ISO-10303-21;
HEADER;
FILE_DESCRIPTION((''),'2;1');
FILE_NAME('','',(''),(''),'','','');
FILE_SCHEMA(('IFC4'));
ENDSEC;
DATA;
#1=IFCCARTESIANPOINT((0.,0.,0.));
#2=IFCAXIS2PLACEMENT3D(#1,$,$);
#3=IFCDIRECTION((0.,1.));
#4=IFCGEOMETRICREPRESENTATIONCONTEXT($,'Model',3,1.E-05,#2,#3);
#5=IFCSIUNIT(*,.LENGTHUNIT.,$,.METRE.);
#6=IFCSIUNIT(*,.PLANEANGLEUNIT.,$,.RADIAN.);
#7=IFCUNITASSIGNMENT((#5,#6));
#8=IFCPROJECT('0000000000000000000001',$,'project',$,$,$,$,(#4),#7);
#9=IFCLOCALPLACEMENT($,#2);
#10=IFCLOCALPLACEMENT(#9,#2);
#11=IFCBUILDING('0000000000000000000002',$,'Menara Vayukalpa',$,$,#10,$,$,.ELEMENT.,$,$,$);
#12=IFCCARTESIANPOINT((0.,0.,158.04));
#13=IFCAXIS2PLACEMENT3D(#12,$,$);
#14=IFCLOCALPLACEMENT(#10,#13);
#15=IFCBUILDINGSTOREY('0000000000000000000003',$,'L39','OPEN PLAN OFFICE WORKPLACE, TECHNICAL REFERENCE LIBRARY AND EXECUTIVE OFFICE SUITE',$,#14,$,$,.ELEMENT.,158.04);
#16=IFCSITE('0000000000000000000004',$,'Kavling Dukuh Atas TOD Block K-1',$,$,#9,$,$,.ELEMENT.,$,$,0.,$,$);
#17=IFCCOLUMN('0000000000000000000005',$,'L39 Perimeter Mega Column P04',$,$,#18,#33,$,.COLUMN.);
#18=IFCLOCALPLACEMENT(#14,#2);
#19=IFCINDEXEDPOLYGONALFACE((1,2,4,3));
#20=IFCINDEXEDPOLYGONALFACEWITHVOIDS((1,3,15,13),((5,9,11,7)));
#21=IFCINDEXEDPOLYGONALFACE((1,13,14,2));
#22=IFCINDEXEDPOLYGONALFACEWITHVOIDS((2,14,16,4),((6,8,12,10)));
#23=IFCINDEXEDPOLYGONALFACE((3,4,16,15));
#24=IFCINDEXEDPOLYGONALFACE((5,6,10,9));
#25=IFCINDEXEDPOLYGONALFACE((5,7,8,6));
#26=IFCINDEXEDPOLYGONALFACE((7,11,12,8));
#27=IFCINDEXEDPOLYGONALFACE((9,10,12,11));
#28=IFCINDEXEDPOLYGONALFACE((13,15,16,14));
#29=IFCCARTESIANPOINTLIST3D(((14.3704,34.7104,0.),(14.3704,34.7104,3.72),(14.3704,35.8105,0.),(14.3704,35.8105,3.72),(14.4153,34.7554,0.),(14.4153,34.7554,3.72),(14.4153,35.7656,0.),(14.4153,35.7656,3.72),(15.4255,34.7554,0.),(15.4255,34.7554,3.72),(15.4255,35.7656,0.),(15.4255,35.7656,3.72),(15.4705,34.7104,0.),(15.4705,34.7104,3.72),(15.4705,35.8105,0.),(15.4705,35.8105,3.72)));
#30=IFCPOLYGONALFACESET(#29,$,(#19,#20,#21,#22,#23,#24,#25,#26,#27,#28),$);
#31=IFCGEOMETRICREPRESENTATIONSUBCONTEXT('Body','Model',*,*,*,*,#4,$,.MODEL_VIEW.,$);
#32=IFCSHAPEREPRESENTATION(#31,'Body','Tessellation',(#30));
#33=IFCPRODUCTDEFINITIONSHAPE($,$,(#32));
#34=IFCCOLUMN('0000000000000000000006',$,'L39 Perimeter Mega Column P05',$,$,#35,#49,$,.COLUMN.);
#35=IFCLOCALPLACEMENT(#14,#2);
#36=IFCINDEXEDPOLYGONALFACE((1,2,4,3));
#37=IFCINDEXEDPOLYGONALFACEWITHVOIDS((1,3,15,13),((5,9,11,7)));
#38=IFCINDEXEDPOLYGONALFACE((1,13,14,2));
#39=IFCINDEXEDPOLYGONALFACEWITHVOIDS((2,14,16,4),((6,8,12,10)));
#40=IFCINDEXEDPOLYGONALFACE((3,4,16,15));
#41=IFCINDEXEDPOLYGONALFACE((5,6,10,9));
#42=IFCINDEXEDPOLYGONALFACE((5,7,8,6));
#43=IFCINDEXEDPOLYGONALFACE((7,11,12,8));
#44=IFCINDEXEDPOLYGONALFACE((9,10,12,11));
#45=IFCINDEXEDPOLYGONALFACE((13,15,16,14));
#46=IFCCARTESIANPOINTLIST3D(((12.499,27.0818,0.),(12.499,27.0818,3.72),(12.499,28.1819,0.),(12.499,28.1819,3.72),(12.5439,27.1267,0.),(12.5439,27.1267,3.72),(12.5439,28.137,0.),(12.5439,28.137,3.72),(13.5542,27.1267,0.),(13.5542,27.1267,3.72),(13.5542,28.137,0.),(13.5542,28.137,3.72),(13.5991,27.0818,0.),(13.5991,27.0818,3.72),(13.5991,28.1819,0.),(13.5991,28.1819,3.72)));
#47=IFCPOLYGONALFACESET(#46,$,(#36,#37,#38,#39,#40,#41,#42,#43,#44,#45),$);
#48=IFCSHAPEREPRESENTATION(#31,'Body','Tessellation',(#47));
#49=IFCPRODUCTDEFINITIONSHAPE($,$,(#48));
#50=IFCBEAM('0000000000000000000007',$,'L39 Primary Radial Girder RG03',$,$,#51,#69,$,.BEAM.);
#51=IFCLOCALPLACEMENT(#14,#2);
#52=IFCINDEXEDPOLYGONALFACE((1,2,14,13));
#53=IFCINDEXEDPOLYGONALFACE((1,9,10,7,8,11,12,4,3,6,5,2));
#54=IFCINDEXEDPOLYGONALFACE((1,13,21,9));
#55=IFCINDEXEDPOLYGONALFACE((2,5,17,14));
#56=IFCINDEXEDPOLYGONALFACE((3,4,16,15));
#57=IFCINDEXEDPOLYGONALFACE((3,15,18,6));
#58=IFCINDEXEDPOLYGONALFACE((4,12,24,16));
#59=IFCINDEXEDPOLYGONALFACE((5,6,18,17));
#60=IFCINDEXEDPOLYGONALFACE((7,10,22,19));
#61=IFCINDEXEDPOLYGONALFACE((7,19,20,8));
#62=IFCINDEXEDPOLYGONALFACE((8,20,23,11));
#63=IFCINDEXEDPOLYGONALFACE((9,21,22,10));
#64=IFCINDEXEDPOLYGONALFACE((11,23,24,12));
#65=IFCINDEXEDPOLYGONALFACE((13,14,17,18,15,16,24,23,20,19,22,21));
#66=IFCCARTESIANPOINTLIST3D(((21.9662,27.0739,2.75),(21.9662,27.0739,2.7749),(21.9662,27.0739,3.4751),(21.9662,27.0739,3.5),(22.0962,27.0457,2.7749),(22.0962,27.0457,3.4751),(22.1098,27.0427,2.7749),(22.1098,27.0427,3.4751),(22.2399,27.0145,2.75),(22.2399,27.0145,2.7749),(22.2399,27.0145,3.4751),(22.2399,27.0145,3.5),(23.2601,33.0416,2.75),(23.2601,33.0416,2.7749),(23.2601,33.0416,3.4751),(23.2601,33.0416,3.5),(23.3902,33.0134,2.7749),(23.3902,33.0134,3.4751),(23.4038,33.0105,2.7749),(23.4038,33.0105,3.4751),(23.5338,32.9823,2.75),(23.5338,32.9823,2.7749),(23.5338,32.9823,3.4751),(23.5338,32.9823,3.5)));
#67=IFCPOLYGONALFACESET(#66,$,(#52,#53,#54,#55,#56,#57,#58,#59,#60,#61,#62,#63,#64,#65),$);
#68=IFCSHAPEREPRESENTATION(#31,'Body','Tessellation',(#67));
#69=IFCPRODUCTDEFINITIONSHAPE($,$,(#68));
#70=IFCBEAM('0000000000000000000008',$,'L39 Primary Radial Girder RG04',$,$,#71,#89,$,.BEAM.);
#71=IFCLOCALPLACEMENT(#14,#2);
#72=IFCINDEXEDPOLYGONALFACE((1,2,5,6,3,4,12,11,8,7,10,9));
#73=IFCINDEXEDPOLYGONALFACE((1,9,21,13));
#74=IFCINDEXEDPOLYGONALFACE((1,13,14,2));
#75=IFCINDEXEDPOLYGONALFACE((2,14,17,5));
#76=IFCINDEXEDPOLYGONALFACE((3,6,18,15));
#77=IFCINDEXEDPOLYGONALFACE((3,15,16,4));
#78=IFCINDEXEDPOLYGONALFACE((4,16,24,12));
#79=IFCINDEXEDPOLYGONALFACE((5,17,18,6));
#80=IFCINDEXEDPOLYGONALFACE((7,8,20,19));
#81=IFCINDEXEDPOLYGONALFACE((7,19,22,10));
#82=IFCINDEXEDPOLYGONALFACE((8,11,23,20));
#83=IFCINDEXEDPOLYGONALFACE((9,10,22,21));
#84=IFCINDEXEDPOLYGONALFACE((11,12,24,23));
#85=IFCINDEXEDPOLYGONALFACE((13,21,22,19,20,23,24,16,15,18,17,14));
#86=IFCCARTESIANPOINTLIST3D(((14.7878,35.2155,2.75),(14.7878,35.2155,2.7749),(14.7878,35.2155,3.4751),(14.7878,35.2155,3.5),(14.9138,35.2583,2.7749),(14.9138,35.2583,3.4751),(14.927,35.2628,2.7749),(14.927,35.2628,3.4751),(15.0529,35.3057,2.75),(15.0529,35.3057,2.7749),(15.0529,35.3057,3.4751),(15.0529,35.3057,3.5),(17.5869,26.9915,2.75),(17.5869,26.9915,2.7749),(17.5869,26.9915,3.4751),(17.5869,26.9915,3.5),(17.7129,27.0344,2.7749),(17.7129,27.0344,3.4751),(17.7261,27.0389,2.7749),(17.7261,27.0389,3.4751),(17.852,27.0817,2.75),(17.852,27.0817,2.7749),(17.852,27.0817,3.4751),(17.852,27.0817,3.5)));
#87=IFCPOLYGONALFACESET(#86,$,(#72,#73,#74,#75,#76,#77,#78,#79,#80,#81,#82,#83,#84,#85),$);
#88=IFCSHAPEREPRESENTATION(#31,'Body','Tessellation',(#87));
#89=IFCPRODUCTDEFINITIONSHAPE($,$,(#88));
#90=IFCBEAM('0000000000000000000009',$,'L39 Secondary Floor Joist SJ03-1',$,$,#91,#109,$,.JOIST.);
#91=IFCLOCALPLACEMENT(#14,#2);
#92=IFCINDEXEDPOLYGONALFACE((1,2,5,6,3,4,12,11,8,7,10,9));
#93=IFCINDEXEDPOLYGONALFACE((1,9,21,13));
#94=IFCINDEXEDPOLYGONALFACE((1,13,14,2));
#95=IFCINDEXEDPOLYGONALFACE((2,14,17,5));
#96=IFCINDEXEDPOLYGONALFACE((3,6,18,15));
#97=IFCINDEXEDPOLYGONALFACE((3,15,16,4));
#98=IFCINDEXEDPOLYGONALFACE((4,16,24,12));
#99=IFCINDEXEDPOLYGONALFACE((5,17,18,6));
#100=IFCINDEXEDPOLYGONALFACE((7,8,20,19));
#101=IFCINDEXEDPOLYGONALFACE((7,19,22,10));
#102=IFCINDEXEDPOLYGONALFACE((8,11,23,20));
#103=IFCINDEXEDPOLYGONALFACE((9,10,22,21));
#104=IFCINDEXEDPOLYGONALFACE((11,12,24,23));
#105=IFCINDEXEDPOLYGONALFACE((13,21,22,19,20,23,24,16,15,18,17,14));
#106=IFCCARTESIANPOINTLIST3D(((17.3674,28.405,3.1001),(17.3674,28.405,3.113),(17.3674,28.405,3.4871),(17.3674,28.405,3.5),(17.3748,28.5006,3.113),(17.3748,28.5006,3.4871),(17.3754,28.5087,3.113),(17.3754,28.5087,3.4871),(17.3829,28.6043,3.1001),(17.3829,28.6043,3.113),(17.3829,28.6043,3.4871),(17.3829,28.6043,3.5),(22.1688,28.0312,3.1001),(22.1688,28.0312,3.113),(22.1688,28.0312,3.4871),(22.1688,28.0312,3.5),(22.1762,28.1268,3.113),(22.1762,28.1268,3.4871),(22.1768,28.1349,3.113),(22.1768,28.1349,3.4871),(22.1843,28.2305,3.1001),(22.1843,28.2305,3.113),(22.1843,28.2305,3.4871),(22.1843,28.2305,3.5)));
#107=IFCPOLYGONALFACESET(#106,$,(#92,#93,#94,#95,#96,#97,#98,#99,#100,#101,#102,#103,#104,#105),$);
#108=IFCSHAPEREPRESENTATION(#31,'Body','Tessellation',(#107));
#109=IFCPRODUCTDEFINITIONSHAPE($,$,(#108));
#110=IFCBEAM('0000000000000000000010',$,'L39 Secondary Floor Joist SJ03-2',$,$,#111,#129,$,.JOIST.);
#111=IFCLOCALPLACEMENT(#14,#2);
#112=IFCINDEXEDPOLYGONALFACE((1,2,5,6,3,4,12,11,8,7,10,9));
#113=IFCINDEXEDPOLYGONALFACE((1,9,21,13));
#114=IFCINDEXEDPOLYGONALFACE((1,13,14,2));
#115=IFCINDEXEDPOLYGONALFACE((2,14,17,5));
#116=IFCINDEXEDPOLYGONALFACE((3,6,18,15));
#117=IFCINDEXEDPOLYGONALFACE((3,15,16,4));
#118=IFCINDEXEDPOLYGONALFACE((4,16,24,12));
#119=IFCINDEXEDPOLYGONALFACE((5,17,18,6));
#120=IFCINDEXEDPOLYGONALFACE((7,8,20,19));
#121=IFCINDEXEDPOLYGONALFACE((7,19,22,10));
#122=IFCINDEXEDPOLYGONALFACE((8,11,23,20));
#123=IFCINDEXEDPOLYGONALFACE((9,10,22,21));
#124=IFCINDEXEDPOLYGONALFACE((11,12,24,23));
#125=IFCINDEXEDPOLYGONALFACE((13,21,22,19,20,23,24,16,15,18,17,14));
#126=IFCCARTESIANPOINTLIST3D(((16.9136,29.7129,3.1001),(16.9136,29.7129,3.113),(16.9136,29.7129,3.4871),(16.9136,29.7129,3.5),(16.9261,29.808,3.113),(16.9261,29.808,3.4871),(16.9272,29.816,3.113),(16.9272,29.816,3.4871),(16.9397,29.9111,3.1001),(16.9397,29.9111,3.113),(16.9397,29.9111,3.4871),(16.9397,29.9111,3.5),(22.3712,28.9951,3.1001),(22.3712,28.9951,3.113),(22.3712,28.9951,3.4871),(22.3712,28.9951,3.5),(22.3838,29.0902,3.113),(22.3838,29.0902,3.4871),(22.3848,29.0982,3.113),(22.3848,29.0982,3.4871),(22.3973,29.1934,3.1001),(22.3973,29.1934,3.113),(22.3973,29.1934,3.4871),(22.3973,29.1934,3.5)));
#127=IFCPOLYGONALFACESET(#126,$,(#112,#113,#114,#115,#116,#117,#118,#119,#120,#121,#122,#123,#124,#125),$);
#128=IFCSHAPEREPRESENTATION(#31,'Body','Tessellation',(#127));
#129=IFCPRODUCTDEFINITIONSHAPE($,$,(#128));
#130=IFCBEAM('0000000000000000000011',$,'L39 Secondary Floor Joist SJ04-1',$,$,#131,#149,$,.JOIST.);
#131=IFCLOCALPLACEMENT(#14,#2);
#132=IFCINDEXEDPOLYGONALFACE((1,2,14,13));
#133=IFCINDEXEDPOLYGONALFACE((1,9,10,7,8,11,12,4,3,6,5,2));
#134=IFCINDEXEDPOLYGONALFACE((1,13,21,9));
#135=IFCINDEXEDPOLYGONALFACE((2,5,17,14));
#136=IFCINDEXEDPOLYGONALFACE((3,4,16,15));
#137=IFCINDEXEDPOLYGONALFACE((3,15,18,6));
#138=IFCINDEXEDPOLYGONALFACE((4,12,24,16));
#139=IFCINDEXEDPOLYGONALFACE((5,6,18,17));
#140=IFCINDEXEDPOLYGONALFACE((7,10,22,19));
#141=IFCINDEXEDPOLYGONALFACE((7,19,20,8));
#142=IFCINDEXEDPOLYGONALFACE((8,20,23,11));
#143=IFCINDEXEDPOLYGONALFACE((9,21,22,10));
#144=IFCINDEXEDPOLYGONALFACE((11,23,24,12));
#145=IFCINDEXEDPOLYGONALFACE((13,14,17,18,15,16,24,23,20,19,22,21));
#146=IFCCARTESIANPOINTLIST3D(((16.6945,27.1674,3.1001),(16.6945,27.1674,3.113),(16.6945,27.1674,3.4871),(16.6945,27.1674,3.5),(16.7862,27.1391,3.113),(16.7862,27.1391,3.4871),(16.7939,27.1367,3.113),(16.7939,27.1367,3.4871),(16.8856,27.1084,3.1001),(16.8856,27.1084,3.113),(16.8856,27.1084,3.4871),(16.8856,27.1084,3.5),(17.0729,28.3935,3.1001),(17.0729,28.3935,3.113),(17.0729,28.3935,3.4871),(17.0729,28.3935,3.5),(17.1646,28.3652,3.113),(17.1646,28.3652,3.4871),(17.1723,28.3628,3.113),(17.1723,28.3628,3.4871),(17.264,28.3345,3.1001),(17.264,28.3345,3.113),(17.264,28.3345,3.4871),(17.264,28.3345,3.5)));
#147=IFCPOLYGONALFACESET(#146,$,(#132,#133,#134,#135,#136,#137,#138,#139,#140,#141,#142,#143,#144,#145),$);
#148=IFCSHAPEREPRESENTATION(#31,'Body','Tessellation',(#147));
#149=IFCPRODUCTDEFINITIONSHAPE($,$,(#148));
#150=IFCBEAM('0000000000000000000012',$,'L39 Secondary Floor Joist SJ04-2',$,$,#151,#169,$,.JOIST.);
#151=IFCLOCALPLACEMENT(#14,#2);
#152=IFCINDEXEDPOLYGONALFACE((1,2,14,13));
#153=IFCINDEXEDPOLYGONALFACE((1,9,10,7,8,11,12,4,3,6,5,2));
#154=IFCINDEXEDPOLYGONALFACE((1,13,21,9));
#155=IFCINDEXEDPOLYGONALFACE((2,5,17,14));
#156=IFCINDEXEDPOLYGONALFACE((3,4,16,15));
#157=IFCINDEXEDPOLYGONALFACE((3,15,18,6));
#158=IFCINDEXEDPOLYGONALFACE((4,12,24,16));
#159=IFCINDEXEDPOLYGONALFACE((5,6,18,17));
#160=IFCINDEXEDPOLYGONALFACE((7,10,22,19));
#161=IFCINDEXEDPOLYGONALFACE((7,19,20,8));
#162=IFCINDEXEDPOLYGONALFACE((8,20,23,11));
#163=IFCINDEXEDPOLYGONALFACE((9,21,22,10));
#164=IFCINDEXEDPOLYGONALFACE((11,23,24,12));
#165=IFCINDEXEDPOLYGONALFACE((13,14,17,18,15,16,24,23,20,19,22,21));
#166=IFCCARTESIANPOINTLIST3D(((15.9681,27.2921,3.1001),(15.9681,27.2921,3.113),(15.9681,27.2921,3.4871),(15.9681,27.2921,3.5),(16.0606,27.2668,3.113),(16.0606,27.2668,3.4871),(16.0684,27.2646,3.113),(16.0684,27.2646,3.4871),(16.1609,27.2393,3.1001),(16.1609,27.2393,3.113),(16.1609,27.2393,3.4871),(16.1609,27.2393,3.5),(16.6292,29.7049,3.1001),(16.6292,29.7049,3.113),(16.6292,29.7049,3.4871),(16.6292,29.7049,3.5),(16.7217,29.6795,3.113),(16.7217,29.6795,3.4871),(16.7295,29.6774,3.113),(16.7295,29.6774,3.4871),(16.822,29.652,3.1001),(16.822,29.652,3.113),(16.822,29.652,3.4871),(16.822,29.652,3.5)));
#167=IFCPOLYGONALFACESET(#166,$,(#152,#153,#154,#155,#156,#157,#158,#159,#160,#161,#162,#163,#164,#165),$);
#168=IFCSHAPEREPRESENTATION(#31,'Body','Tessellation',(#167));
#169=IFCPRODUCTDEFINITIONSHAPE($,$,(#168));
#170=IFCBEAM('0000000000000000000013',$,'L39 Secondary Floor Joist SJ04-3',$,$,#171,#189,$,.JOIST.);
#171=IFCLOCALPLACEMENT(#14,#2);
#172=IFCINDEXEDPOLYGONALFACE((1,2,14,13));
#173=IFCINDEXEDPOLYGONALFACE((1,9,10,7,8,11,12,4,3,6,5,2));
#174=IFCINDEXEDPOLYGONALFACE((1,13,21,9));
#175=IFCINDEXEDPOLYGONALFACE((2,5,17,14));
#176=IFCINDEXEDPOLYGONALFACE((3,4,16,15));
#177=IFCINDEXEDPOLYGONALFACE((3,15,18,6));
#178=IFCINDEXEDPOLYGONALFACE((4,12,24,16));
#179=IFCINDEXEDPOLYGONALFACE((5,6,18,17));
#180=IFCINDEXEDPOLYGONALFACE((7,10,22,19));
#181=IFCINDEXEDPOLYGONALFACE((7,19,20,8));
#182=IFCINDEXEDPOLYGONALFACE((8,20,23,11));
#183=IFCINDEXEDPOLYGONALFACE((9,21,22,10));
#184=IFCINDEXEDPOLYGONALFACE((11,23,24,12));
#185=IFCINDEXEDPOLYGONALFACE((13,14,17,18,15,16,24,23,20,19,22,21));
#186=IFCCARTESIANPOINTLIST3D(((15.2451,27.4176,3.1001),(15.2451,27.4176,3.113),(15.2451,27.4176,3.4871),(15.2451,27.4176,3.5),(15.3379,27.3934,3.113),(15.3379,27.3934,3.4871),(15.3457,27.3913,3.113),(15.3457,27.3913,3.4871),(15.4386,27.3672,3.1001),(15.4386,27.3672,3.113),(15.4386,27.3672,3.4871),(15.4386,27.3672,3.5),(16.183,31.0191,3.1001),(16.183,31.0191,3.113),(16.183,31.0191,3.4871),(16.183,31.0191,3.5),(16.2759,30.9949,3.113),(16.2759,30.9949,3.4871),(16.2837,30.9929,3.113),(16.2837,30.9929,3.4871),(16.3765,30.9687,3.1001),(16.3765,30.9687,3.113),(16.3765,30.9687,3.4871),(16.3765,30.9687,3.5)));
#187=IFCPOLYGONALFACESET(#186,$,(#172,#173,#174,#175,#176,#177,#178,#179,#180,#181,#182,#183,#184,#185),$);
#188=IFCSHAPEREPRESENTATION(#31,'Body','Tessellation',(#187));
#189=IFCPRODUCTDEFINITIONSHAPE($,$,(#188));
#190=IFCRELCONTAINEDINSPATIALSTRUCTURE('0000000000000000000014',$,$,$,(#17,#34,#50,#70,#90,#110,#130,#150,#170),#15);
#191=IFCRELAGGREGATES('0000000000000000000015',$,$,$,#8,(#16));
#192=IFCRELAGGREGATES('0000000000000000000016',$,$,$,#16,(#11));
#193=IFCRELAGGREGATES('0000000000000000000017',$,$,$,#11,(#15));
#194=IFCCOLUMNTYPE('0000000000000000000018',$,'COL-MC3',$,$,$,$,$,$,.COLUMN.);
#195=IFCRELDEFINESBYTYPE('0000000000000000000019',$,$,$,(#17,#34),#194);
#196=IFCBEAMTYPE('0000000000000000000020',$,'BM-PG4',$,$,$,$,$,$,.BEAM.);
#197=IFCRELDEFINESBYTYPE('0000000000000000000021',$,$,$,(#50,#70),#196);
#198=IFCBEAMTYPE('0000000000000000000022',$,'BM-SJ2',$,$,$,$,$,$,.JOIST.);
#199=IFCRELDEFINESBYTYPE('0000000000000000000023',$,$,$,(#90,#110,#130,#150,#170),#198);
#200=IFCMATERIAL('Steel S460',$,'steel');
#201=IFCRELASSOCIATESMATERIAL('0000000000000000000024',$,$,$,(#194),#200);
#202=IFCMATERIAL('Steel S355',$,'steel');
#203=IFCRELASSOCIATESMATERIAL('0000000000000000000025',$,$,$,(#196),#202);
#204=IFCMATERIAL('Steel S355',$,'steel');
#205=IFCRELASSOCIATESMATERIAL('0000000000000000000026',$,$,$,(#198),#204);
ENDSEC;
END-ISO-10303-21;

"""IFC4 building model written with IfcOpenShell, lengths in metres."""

from ifc_helpers import new_model, si_unit, direction, frame, origin, origin_2d, place, context, subcontext, project, spatial, hollow_rectangle, i_section, extrude, material, material_profile, profile_set, type_object, element, save


model = new_model("IFC4")

# Units and contexts
model_context = context("Model", 3, precision=1e-05, world=origin(), true_north=direction((0.0, 1.0)))
body_context = subcontext(model_context, "Body", "Model", "MODEL_VIEW")
ifc_project = project(units=[si_unit("LENGTHUNIT", "METRE"), si_unit("PLANEANGLEUNIT", "RADIAN")], contexts=[model_context])

# Site, building, storey
site_placement = place(None, origin())
site = spatial("IfcSite", under=ifc_project, at=site_placement, Name="Kavling Dukuh Atas TOD Block K-1", CompositionType="ELEMENT", RefElevation=0.0)
building_placement = place(site_placement, origin())
building = spatial("IfcBuilding", under=site, at=building_placement, Name="Menara Vayukalpa", CompositionType="ELEMENT")
storey_placement = place(building_placement, frame((0.0, 0.0, 158.04)))
storey = spatial("IfcBuildingStorey", under=building, at=storey_placement, Name="L39", Description="OPEN PLAN OFFICE WORKPLACE, TECHNICAL REFERENCE LIBRARY AND EXECUTIVE OFFICE SUITE", CompositionType="ELEMENT", Elevation=158.04)

# Columns
ifc_material_1 = material(Name="Steel S460", Category="steel")
ifc_material_profile_1 = material_profile(ifc_material_1, hollow_rectangle(XDim=1.1001, YDim=1.1001, WallThickness=0.0449, at=origin_2d()), Name="BOX 1100x1100x45")
ifc_profile_set_1 = profile_set([ifc_material_profile_1], Name="Steel S460")
column_type = type_object("IfcColumnType", Name="COL-MC3", PredefinedType="COLUMN", material=ifc_profile_set_1)
for number, where, z_axis, x_axis, name in (
    (1, (14.9204, 35.2605, 0.0), (0.0, 0.0, 1.0), (1.0, 0.0, 0.0), "L39 Perimeter Mega Column P04"),
    (2, (13.0491, 27.6318, 0.0), (0.0, 0.0, 1.0), (1.0, 0.0, 0.0), "L39 Perimeter Mega Column P05"),
):
    element("IfcColumn", number, at=place(storey_placement, frame(where, z_axis=z_axis, x_axis=x_axis)), inside=storey, type_object=column_type, Name=name, PredefinedType="COLUMN", context=body_context, shape_type="SweptSolid", body=[
        extrude(hollow_rectangle(XDim=1.1001, YDim=1.1001, WallThickness=0.0449, at=origin_2d()), origin(), (0.0, 0.0, 1.0), 3.72),
    ])

# Beams
ifc_material_2 = material(Name="Steel S355", Category="steel")
ifc_material_profile_2 = material_profile(ifc_material_2, i_section(OverallWidth=0.28, OverallDepth=0.75, WebThickness=0.0139, FlangeThickness=0.0249, at=origin_2d()), Name="WF 750x280x14x25")
ifc_profile_set_2 = profile_set([ifc_material_profile_2], Name="Steel S355")
beam_type_1 = type_object("IfcBeamType", Name="BM-PG4", PredefinedType="BEAM", material=ifc_profile_set_2)
beam_1_placement = place(storey_placement, frame((22.103, 27.0442, 3.125), z_axis=(0.211898, 0.977292, 0.0), x_axis=(-0.977292, 0.211898, 0.0)))
element("IfcBeam", 3, at=beam_1_placement, inside=storey, type_object=beam_type_1, Name="L39 Primary Radial Girder RG03", PredefinedType="BEAM", context=body_context, shape_type="SweptSolid", body=[
    extrude(i_section(OverallWidth=0.28, OverallDepth=0.75, WebThickness=0.0139, FlangeThickness=0.0249, at=origin_2d()), origin(), (0.0, 0.0, 1.0), 6.1064),
])
beam_2_placement = place(storey_placement, frame((17.7195, 27.0366, 3.125), z_axis=(-0.322208, 0.946669, 0.0), x_axis=(-0.946669, -0.322208, 0.0)))
element("IfcBeam", 4, at=beam_2_placement, inside=storey, type_object=beam_type_1, Name="L39 Primary Radial Girder RG04", PredefinedType="BEAM", context=body_context, shape_type="SweptSolid", body=[
    extrude(i_section(OverallWidth=0.28, OverallDepth=0.75, WebThickness=0.0139, FlangeThickness=0.0249, at=origin_2d()), origin(), (0.0, 0.0, 1.0), 8.6873),
])
ifc_material_3 = material(Name="Steel S355", Category="steel")
ifc_material_profile_3 = material_profile(ifc_material_3, i_section(OverallWidth=0.2, OverallDepth=0.3999, WebThickness=0.0081, FlangeThickness=0.0129, at=origin_2d()), Name="WF 400x200x8x13")
ifc_profile_set_3 = profile_set([ifc_material_profile_3], Name="Steel S355")
beam_type_2 = type_object("IfcBeamType", Name="BM-SJ2", PredefinedType="JOIST", material=ifc_profile_set_3)
beam_3_placement = place(storey_placement, frame((22.1765, 28.1309, 3.3), z_axis=(-0.996983, 0.077615, 0.0), x_axis=(-0.077615, -0.996983, 0.0)))
element("IfcBeam", 5, at=beam_3_placement, inside=storey, type_object=beam_type_2, Name="L39 Secondary Floor Joist SJ03-1", PredefinedType="JOIST", context=body_context, shape_type="SweptSolid", body=[
    extrude(i_section(OverallWidth=0.2, OverallDepth=0.3999, WebThickness=0.0081, FlangeThickness=0.0129, at=origin_2d()), origin(), (0.0, 0.0, 1.0), 4.8159),
])
beam_4_placement = place(storey_placement, frame((22.3843, 29.0942, 3.3), z_axis=(-0.991463, 0.130391, 0.0), x_axis=(-0.130391, -0.991463, 0.0)))
element("IfcBeam", 6, at=beam_4_placement, inside=storey, type_object=beam_type_2, Name="L39 Secondary Floor Joist SJ03-2", PredefinedType="JOIST", context=body_context, shape_type="SweptSolid", body=[
    extrude(i_section(OverallWidth=0.2, OverallDepth=0.3999, WebThickness=0.0081, FlangeThickness=0.0129, at=origin_2d()), origin(), (0.0, 0.0, 1.0), 5.5046),
])
beam_5_placement = place(storey_placement, frame((17.1685, 28.364, 3.3), z_axis=(-0.294915, -0.955524, 0.0), x_axis=(0.955524, -0.294915, 0.0)))
element("IfcBeam", 7, at=beam_5_placement, inside=storey, type_object=beam_type_2, Name="L39 Secondary Floor Joist SJ04-1", PredefinedType="JOIST", context=body_context, shape_type="SweptSolid", body=[
    extrude(i_section(OverallWidth=0.2, OverallDepth=0.3999, WebThickness=0.0081, FlangeThickness=0.0129, at=origin_2d()), origin(), (0.0, 0.0, 1.0), 1.2832),
])
beam_6_placement = place(storey_placement, frame((16.7256, 29.6785, 3.3), z_axis=(-0.264265, -0.96445, 0.0), x_axis=(0.96445, -0.264265, 0.0)))
element("IfcBeam", 8, at=beam_6_placement, inside=storey, type_object=beam_type_2, Name="L39 Secondary Floor Joist SJ04-2", PredefinedType="JOIST", context=body_context, shape_type="SweptSolid", body=[
    extrude(i_section(OverallWidth=0.2, OverallDepth=0.3999, WebThickness=0.0081, FlangeThickness=0.0129, at=origin_2d()), origin(), (0.0, 0.0, 1.0), 2.5017),
])
beam_7_placement = place(storey_placement, frame((16.2798, 30.9939, 3.3), z_axis=(-0.252032, -0.967719, 0.0), x_axis=(0.967719, -0.252032, 0.0)))
element("IfcBeam", 9, at=beam_7_placement, inside=storey, type_object=beam_type_2, Name="L39 Secondary Floor Joist SJ04-3", PredefinedType="JOIST", context=body_context, shape_type="SweptSolid", body=[
    extrude(i_section(OverallWidth=0.2, OverallDepth=0.3999, WebThickness=0.0081, FlangeThickness=0.0129, at=origin_2d()), origin(), (0.0, 0.0, 1.0), 3.7217),
])

save(model, "model.ifc")
